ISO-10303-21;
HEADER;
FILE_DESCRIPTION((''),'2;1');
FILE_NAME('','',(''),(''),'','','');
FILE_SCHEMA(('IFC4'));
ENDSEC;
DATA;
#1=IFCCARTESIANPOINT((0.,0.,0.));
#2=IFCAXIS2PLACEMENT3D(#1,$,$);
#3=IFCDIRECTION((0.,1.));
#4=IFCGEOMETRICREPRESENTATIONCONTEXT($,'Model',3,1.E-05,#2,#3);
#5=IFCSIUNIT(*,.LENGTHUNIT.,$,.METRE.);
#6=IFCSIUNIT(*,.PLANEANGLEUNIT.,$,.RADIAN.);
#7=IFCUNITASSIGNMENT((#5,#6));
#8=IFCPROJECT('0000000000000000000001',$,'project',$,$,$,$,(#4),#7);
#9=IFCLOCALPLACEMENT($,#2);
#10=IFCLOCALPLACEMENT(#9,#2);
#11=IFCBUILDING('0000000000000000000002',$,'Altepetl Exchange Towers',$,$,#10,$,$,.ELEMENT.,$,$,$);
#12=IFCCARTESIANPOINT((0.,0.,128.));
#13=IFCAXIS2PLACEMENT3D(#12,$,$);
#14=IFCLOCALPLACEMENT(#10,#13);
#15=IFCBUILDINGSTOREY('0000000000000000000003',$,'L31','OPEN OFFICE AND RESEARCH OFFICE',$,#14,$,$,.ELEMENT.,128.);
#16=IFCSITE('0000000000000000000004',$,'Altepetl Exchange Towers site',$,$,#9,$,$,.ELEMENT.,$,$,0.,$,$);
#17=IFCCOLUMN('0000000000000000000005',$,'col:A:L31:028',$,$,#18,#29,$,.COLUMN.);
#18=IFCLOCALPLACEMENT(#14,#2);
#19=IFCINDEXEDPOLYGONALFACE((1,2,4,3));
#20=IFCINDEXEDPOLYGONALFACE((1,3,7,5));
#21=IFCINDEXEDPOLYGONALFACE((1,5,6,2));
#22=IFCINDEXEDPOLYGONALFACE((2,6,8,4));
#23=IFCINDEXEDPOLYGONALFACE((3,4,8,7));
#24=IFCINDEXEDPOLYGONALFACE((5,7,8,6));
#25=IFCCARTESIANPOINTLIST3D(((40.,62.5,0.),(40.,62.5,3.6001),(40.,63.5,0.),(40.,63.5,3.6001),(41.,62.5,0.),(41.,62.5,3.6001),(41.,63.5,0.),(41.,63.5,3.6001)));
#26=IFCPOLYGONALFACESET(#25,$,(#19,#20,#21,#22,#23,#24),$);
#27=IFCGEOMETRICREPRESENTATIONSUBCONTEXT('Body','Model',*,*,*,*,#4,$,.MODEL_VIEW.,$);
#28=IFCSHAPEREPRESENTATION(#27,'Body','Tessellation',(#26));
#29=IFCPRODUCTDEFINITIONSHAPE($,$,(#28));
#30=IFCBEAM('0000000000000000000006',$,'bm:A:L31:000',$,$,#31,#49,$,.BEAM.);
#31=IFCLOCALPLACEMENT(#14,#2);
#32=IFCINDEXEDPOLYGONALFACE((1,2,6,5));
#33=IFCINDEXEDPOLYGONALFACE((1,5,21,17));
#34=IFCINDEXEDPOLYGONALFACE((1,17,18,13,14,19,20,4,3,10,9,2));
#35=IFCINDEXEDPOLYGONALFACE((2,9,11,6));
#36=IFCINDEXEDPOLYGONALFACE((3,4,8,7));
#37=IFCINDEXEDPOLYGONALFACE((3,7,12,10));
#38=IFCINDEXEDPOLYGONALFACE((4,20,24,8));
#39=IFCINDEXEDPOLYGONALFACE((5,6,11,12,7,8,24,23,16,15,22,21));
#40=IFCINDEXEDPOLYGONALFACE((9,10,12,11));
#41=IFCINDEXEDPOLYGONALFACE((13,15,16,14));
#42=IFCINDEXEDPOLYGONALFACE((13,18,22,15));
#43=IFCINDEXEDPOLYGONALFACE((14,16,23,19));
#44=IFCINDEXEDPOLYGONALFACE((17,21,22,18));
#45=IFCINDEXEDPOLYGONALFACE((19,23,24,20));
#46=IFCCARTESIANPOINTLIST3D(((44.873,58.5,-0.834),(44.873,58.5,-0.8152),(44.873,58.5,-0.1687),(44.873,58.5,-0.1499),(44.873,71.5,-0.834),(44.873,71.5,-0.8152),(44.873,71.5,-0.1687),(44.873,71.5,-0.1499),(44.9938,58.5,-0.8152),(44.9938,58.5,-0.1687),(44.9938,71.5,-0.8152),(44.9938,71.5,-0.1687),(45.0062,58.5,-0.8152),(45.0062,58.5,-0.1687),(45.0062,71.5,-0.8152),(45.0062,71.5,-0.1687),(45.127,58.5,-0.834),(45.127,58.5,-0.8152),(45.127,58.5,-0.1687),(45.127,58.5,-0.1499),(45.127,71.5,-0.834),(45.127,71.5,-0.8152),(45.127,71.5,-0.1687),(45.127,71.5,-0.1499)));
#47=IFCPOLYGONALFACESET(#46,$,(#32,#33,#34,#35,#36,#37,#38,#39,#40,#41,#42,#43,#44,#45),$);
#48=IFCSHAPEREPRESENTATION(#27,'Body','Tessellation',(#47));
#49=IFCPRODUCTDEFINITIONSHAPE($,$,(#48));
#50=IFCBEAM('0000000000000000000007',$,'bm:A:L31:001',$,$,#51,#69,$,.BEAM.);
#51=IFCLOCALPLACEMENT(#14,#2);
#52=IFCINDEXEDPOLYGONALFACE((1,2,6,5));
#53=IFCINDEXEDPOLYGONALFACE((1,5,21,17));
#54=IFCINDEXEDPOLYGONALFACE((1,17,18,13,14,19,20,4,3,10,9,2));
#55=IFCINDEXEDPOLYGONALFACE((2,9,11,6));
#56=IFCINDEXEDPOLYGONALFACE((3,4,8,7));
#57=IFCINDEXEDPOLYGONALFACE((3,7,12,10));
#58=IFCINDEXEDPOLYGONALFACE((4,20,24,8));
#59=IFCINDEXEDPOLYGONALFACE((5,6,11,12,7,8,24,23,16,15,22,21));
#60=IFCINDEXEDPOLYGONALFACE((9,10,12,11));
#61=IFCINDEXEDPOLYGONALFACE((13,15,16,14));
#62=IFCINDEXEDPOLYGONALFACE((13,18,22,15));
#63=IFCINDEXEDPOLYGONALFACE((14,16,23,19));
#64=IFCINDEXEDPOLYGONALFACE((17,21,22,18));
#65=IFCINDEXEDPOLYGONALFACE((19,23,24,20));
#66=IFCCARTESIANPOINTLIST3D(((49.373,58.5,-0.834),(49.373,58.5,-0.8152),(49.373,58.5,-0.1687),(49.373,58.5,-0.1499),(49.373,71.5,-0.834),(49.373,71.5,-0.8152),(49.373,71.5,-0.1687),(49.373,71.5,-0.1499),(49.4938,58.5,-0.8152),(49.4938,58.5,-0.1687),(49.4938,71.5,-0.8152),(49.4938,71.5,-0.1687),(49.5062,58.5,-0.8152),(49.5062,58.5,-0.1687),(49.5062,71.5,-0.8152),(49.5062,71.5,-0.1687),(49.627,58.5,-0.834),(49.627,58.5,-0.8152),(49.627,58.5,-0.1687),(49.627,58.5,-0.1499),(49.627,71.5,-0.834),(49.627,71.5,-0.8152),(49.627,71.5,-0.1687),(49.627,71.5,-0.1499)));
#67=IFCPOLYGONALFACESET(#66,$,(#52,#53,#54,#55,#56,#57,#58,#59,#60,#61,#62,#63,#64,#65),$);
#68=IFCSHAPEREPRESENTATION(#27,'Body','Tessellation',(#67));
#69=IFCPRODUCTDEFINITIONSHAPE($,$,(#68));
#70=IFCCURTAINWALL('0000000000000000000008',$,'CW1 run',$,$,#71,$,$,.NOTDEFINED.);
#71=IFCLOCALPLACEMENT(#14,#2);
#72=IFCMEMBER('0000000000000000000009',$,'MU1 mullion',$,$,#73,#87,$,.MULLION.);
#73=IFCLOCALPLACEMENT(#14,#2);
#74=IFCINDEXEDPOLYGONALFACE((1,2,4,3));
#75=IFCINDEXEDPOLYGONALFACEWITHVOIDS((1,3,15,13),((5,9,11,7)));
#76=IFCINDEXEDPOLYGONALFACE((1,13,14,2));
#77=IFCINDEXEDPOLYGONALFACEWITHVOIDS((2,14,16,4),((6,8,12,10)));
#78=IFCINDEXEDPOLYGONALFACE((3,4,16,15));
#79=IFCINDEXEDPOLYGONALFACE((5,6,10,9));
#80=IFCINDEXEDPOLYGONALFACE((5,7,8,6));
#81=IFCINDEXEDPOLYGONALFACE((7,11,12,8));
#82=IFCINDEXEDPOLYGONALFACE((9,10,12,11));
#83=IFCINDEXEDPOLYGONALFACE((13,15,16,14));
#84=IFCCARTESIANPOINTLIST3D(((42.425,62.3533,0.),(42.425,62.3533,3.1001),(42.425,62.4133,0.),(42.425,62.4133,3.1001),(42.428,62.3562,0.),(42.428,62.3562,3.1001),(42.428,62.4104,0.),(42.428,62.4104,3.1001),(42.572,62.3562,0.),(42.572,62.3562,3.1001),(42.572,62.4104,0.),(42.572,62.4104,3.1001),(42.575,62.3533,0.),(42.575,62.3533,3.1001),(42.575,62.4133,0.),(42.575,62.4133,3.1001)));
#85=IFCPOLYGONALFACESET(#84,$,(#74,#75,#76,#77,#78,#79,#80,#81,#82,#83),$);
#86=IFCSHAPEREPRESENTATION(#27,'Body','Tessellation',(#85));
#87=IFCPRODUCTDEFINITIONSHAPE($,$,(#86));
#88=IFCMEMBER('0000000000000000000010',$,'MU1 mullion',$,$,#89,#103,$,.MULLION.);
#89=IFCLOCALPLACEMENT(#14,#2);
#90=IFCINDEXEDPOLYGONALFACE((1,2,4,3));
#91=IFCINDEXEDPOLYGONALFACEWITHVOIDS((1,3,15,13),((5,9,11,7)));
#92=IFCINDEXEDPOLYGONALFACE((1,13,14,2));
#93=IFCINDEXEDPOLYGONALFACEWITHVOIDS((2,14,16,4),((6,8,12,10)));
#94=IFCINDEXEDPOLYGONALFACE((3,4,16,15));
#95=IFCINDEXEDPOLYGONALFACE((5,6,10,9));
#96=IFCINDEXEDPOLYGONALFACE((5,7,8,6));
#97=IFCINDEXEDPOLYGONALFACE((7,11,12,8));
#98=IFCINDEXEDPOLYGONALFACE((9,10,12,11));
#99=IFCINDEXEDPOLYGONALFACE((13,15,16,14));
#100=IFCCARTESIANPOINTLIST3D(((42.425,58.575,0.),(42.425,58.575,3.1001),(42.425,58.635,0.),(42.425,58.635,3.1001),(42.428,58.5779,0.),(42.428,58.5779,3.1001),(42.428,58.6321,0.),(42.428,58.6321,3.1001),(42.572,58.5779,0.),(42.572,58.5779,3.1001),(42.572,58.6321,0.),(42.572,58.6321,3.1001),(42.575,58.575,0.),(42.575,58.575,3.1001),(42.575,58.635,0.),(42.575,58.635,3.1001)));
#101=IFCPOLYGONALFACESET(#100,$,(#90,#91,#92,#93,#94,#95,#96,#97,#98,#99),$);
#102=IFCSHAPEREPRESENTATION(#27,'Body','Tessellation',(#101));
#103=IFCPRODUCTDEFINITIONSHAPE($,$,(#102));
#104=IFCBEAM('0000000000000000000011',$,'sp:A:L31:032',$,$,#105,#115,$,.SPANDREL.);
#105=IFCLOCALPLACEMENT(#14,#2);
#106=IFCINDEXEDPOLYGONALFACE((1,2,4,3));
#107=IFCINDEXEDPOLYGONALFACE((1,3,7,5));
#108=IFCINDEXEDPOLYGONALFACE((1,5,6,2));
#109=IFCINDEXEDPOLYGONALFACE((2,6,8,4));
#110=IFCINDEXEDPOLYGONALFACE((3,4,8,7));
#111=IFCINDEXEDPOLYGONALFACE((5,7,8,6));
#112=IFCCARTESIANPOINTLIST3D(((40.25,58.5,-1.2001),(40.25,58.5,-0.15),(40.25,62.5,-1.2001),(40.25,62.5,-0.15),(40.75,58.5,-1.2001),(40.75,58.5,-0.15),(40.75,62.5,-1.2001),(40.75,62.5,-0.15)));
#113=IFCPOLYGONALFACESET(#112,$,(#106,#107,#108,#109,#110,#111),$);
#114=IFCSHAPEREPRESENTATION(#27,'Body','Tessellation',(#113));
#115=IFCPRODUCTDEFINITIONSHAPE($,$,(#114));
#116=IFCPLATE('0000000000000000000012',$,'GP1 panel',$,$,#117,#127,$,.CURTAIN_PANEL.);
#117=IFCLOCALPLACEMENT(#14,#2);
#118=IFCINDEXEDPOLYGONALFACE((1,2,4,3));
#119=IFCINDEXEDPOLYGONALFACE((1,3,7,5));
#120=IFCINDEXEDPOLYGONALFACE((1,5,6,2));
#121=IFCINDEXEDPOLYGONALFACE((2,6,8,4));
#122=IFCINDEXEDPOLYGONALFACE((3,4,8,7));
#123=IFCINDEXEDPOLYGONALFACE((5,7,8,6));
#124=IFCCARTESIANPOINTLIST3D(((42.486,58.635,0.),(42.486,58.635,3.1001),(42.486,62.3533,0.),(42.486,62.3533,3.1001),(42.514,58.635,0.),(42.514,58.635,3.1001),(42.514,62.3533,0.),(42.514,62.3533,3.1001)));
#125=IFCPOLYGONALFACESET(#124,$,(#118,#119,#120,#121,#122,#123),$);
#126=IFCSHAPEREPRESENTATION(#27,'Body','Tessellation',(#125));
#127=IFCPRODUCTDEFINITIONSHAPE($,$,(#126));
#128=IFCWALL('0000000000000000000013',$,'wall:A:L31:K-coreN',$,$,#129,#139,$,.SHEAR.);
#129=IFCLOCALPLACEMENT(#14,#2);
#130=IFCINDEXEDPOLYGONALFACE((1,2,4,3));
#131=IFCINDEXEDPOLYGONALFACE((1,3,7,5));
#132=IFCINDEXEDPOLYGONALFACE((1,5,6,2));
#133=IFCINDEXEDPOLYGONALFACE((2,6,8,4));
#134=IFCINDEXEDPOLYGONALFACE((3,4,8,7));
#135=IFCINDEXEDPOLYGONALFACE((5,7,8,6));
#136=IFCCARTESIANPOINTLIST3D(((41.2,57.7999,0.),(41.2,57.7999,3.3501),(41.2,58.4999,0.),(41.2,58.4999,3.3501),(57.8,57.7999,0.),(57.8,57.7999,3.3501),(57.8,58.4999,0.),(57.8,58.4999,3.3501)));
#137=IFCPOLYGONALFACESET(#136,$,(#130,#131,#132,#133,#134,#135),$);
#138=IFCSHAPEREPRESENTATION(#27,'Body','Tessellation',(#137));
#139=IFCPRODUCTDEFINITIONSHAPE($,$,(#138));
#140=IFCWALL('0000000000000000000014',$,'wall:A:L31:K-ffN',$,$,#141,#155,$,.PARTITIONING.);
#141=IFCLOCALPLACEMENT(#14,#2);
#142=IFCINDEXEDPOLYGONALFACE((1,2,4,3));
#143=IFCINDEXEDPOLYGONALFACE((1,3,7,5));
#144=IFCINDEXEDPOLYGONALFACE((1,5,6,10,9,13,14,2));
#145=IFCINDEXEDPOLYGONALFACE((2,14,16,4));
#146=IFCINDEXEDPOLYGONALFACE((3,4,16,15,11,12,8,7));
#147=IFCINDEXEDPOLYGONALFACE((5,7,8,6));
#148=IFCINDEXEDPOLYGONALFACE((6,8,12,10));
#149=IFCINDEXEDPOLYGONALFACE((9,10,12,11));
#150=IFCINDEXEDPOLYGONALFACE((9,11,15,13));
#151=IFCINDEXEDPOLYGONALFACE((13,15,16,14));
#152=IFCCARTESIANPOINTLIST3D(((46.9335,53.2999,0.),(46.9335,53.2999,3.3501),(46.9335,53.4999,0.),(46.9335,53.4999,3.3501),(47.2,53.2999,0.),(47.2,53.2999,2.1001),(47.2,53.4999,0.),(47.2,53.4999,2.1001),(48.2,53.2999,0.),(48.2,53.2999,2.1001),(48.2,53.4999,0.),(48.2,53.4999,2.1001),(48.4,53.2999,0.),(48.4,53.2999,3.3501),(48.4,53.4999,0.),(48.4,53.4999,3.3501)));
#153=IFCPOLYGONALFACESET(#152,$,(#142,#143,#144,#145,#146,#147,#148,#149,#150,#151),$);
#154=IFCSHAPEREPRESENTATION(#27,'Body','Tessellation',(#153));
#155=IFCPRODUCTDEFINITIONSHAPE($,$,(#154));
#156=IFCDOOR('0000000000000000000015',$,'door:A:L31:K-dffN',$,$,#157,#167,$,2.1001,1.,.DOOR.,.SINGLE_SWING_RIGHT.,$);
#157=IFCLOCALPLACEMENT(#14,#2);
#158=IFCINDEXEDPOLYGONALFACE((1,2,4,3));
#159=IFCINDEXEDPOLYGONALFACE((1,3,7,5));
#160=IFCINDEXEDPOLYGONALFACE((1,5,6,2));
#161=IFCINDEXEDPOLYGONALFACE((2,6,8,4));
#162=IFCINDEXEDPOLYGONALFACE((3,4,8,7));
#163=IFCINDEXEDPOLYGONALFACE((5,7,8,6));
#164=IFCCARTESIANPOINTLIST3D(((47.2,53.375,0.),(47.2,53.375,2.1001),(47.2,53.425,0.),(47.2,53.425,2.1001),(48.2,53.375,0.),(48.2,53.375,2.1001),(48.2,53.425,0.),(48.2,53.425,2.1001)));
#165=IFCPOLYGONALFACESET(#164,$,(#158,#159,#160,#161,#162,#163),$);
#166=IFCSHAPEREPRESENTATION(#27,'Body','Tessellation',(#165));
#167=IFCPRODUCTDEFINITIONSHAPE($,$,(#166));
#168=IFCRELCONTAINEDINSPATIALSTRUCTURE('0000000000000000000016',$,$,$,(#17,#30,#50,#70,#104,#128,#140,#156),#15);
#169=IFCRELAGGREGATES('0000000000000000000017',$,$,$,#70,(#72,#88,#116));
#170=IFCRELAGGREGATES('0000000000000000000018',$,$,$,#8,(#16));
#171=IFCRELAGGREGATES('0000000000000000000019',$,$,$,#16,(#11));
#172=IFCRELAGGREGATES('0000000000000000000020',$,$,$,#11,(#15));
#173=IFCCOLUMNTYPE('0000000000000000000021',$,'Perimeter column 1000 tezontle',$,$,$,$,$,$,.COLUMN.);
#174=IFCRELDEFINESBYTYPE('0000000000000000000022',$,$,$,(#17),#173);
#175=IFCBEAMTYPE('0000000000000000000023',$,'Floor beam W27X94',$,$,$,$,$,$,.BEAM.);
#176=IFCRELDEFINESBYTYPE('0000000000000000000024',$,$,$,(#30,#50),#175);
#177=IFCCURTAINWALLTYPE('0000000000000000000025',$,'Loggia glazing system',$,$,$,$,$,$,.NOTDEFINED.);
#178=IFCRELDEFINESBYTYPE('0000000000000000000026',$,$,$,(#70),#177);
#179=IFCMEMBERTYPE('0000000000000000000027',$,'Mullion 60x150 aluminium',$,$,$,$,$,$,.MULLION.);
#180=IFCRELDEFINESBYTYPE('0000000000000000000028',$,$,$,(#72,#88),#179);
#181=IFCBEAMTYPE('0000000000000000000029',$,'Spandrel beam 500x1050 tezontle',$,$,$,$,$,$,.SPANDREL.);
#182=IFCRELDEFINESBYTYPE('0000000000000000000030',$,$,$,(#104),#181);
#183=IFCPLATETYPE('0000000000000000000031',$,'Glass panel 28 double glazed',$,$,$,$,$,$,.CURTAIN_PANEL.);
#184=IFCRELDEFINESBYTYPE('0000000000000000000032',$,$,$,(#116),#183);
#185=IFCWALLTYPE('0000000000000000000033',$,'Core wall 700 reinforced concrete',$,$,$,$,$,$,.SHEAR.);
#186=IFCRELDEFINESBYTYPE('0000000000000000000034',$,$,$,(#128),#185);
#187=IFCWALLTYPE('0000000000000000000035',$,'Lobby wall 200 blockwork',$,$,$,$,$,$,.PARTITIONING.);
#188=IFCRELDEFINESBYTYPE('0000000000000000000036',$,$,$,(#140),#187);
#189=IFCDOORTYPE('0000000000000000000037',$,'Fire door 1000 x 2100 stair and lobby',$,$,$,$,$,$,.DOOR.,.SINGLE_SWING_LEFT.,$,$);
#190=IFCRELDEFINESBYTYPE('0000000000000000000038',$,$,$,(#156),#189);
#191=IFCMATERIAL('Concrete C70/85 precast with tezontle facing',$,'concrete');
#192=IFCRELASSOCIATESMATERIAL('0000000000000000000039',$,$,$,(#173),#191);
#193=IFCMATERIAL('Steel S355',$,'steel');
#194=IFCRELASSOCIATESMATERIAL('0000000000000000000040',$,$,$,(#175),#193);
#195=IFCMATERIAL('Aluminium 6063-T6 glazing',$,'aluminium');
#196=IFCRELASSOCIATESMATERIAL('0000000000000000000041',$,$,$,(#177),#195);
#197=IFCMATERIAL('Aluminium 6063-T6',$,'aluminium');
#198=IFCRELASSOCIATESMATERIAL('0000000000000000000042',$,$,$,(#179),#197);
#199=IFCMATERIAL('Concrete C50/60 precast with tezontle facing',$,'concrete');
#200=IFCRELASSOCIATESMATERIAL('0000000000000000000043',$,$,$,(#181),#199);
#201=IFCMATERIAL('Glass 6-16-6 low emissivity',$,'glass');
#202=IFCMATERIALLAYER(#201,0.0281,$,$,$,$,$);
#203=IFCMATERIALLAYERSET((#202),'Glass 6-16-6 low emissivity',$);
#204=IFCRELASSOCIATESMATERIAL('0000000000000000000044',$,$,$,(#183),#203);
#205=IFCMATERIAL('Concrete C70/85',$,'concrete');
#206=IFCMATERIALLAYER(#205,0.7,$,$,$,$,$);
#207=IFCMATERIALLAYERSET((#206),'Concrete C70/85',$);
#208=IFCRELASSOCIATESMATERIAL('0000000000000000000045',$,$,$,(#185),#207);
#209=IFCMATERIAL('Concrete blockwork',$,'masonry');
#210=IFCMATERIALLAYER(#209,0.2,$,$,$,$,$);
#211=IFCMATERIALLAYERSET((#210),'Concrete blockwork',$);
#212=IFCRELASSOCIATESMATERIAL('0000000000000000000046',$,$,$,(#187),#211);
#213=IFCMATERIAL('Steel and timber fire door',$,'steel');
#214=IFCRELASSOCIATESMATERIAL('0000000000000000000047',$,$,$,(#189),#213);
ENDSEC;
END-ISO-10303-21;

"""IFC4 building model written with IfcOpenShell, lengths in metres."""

from ifc_helpers import new_model, si_unit, direction, frame, frame_2d, origin, origin_2d, place, context, subcontext, project, spatial, rectangle, hollow_rectangle, i_section, extrude, material, layer, layer_set, material_profile, profile_set, type_object, element, fill, aggregate, save


model = new_model("IFC4")

# Units and contexts
model_context = context("Model", 3, precision=1e-05, world=origin(), true_north=direction((0.0, 1.0)))
body_context = subcontext(model_context, "Body", "Model", "MODEL_VIEW")
ifc_project = project(units=[si_unit("LENGTHUNIT", "METRE"), si_unit("PLANEANGLEUNIT", "RADIAN")], contexts=[model_context])

# Site, building, storey
site_placement = place(None, origin())
site = spatial("IfcSite", under=ifc_project, at=site_placement, Name="Altepetl Exchange Towers site", CompositionType="ELEMENT", RefElevation=0.0)
building_placement = place(site_placement, origin())
building = spatial("IfcBuilding", under=site, at=building_placement, Name="Altepetl Exchange Towers", CompositionType="ELEMENT")
storey_placement = place(building_placement, frame((0.0, 0.0, 128.0)))
storey = spatial("IfcBuildingStorey", under=building, at=storey_placement, Name="L31", Description="OPEN OFFICE AND RESEARCH OFFICE", CompositionType="ELEMENT", Elevation=128.0)

# Column
ifc_material_1 = material(Name="Concrete C70/85 precast with tezontle facing", Category="concrete")
ifc_material_profile_1 = material_profile(ifc_material_1, rectangle(XDim=1.0, YDim=1.0, at=origin_2d()), Name="1000 x 1000")
ifc_profile_set_1 = profile_set([ifc_material_profile_1], Name="Concrete C70/85 precast with tezontle facing")
column_type = type_object("IfcColumnType", Name="Perimeter column 1000 tezontle", PredefinedType="COLUMN", material=ifc_profile_set_1)
column_placement = place(storey_placement, frame((40.5, 63.0, 0.0)))
element("IfcColumn", 1, at=column_placement, inside=storey, type_object=column_type, Name="col:A:L31:028", PredefinedType="COLUMN", context=body_context, shape_type="SweptSolid", body=[
    extrude(rectangle(XDim=1.0, YDim=1.0, at=origin_2d()), origin(), (0.0, 0.0, 1.0), 3.6001),
])

# Beams
ifc_material_2 = material(Name="Steel S355", Category="steel")
ifc_material_profile_2 = material_profile(ifc_material_2, i_section(OverallWidth=0.2539, OverallDepth=0.6841, WebThickness=0.0125, FlangeThickness=0.0188, at=origin_2d()), Name="W27X94")
ifc_profile_set_2 = profile_set([ifc_material_profile_2], Name="Steel S355")
beam_type_1 = type_object("IfcBeamType", Name="Floor beam W27X94", PredefinedType="BEAM", material=ifc_profile_set_2)
for number, where, z_axis, x_axis, name in (
    (2, (45.0, 58.5, -0.4919), (0.0, 1.0, 0.0), (-1.0, 0.0, 0.0), "bm:A:L31:000"),
    (3, (49.5, 58.5, -0.4919), (0.0, 1.0, 0.0), (-1.0, 0.0, 0.0), "bm:A:L31:001"),
):
    element("IfcBeam", number, at=place(storey_placement, frame(where, z_axis=z_axis, x_axis=x_axis)), inside=storey, type_object=beam_type_1, Name=name, PredefinedType="BEAM", context=body_context, shape_type="SweptSolid", body=[
        extrude(i_section(OverallWidth=0.2539, OverallDepth=0.6841, WebThickness=0.0125, FlangeThickness=0.0188, at=origin_2d()), origin(), (0.0, 0.0, 1.0), 13.0),
    ])

# Curtain wall, members
ifc_material_3 = material(Name="Aluminium 6063-T6 glazing", Category="aluminium")
curtain_wall_type = type_object("IfcCurtainWallType", Name="Loggia glazing system", PredefinedType="NOTDEFINED", material=ifc_material_3)
curtain_wall_placement = place(storey_placement, origin())
curtain_wall = element("IfcCurtainWall", 4, at=curtain_wall_placement, inside=storey, type_object=curtain_wall_type, Name="CW1 run", PredefinedType="NOTDEFINED")
ifc_material_4 = material(Name="Aluminium 6063-T6", Category="aluminium")
ifc_material_profile_3 = material_profile(ifc_material_4, hollow_rectangle(XDim=0.0601, YDim=0.1499, WallThickness=0.0029, at=origin_2d()), Name="Mullion 60x150 aluminium")
ifc_profile_set_3 = profile_set([ifc_material_profile_3], Name="Aluminium 6063-T6")
member_type = type_object("IfcMemberType", Name="Mullion 60x150 aluminium", PredefinedType="MULLION", material=ifc_profile_set_3)
member_1_placement = place(storey_placement, frame((42.5, 62.3833, 0.0), z_axis=(0.0, 0.0, 1.0), x_axis=(0.0, -1.0, 0.0)))
member_1 = element("IfcMember", 5, at=member_1_placement, type_object=member_type, Name="MU1 mullion", PredefinedType="MULLION", context=body_context, shape_type="SweptSolid", body=[
    extrude(hollow_rectangle(XDim=0.0601, YDim=0.1499, WallThickness=0.0029, at=origin_2d()), origin(), (0.0, 0.0, 1.0), 3.1001),
])
member_2_placement = place(storey_placement, frame((42.5, 58.605, 0.0), z_axis=(0.0, 0.0, 1.0), x_axis=(0.0, -1.0, 0.0)))
member_2 = element("IfcMember", 6, at=member_2_placement, type_object=member_type, Name="MU1 mullion", PredefinedType="MULLION", context=body_context, shape_type="SweptSolid", body=[
    extrude(hollow_rectangle(XDim=0.0601, YDim=0.1499, WallThickness=0.0029, at=origin_2d()), origin(), (0.0, 0.0, 1.0), 3.1001),
])

# Beam
ifc_material_5 = material(Name="Concrete C50/60 precast with tezontle facing", Category="concrete")
ifc_material_profile_4 = material_profile(ifc_material_5, rectangle(XDim=0.5, YDim=1.05, at=origin_2d()), Name="500 x 1050")
ifc_profile_set_4 = profile_set([ifc_material_profile_4], Name="Concrete C50/60 precast with tezontle facing")
beam_type_2 = type_object("IfcBeamType", Name="Spandrel beam 500x1050 tezontle", PredefinedType="SPANDREL", material=ifc_profile_set_4)
beam_placement = place(storey_placement, frame((40.5, 62.5, -0.675), z_axis=(0.0, -1.0, 0.0), x_axis=(1.0, 0.0, 0.0)))
element("IfcBeam", 7, at=beam_placement, inside=storey, type_object=beam_type_2, Name="sp:A:L31:032", PredefinedType="SPANDREL", context=body_context, shape_type="SweptSolid", body=[
    extrude(rectangle(XDim=0.5, YDim=1.05, at=origin_2d()), origin(), (0.0, 0.0, 1.0), 4.0),
])

# Plate
ifc_material_6 = material(Name="Glass 6-16-6 low emissivity", Category="glass")
ifc_layer_1 = layer(ifc_material_6, 0.0281)
ifc_layer_set_1 = layer_set([ifc_layer_1], Name="Glass 6-16-6 low emissivity")
plate_type = type_object("IfcPlateType", Name="Glass panel 28 double glazed", PredefinedType="CURTAIN_PANEL", material=ifc_layer_set_1)
plate_placement = place(storey_placement, frame((42.5, 60.4941, 0.0), z_axis=(0.0, 0.0, 1.0), x_axis=(0.0, -1.0, 0.0)))
plate = element("IfcPlate", 8, at=plate_placement, type_object=plate_type, Name="GP1 panel", PredefinedType="CURTAIN_PANEL", context=body_context, shape_type="SweptSolid", body=[
    extrude(rectangle(XDim=3.7183, YDim=0.0281, at=origin_2d()), origin(), (0.0, 0.0, 1.0), 3.1001),
])
aggregate(curtain_wall, [member_1, member_2, plate])

# Wall
ifc_material_7 = material(Name="Concrete C70/85", Category="concrete")
ifc_layer_2 = layer(ifc_material_7, 0.7)
ifc_layer_set_2 = layer_set([ifc_layer_2], Name="Concrete C70/85")
wall_type_1 = type_object("IfcWallType", Name="Core wall 700 reinforced concrete", PredefinedType="SHEAR", material=ifc_layer_set_2)
wall_1_placement = place(storey_placement, frame((41.2, 58.1499, 0.0)))
element("IfcWall", 9, at=wall_1_placement, inside=storey, type_object=wall_type_1, Name="wall:A:L31:K-coreN", PredefinedType="SHEAR", context=body_context, shape_type="SweptSolid", body=[
    extrude(rectangle(XDim=16.6001, YDim=0.7, at=frame_2d((8.3, 0.0))), origin(), (0.0, 0.0, 1.0), 3.3501),
])

# Wall, opening, door
ifc_material_8 = material(Name="Concrete blockwork", Category="masonry")
ifc_layer_3 = layer(ifc_material_8, 0.2)
ifc_layer_set_3 = layer_set([ifc_layer_3], Name="Concrete blockwork")
wall_type_2 = type_object("IfcWallType", Name="Lobby wall 200 blockwork", PredefinedType="PARTITIONING", material=ifc_layer_set_3)
wall_2_placement = place(storey_placement, frame((46.9333, 53.3999, 0.0)))
wall_2 = element("IfcWall", 10, at=wall_2_placement, inside=storey, type_object=wall_type_2, Name="wall:A:L31:K-ffN", PredefinedType="PARTITIONING", context=body_context, shape_type="SweptSolid", body=[
    extrude(rectangle(XDim=1.4666, YDim=0.2, at=frame_2d((0.7334, 0.0))), origin(), (0.0, 0.0, 1.0), 3.3501),
])
opening_1_placement = place(wall_2_placement, frame((0.2666, 0.0, 0.0)))
opening_1 = element("IfcOpeningElement", 11, at=opening_1_placement, cuts=wall_2, PredefinedType="OPENING", context=body_context, shape_type="SweptSolid", body=[
    extrude(rectangle(XDim=1.0, YDim=2.1001, at=frame_2d((0.5, 1.05))), frame((0.0, 0.1099, 0.0), z_axis=(0.0, -1.0, 0.0), x_axis=(1.0, 0.0, 0.0)), (0.0, 0.0, 1.0), 0.22),
])
ifc_material_9 = material(Name="Steel and timber fire door", Category="steel")
door_type_1 = type_object("IfcDoorType", Name="Fire door 1000 x 2100 stair and lobby", OperationType="SINGLE_SWING_LEFT", PredefinedType="DOOR", material=ifc_material_9)
door_1_placement = place(opening_1_placement, frame((1.0, 0.0, 0.0), x_axis=(-1.0, 0.0, 0.0)))
door_1 = element("IfcDoor", 12, at=door_1_placement, inside=storey, type_object=door_type_1, Name="door:A:L31:K-dffN", OperationType="SINGLE_SWING_RIGHT", OverallHeight=2.1001, OverallWidth=1.0, PredefinedType="DOOR", context=body_context, shape_type="SweptSolid", body=[
    extrude(rectangle(XDim=1.0, YDim=2.1001, at=frame_2d((0.5, 1.05))), frame((0.0, 0.0249, 0.0), z_axis=(0.0, -1.0, 0.0), x_axis=(1.0, 0.0, 0.0)), (0.0, 0.0, 1.0), 0.05),
])
fill(opening_1, door_1)

save(model, "model.ifc")
